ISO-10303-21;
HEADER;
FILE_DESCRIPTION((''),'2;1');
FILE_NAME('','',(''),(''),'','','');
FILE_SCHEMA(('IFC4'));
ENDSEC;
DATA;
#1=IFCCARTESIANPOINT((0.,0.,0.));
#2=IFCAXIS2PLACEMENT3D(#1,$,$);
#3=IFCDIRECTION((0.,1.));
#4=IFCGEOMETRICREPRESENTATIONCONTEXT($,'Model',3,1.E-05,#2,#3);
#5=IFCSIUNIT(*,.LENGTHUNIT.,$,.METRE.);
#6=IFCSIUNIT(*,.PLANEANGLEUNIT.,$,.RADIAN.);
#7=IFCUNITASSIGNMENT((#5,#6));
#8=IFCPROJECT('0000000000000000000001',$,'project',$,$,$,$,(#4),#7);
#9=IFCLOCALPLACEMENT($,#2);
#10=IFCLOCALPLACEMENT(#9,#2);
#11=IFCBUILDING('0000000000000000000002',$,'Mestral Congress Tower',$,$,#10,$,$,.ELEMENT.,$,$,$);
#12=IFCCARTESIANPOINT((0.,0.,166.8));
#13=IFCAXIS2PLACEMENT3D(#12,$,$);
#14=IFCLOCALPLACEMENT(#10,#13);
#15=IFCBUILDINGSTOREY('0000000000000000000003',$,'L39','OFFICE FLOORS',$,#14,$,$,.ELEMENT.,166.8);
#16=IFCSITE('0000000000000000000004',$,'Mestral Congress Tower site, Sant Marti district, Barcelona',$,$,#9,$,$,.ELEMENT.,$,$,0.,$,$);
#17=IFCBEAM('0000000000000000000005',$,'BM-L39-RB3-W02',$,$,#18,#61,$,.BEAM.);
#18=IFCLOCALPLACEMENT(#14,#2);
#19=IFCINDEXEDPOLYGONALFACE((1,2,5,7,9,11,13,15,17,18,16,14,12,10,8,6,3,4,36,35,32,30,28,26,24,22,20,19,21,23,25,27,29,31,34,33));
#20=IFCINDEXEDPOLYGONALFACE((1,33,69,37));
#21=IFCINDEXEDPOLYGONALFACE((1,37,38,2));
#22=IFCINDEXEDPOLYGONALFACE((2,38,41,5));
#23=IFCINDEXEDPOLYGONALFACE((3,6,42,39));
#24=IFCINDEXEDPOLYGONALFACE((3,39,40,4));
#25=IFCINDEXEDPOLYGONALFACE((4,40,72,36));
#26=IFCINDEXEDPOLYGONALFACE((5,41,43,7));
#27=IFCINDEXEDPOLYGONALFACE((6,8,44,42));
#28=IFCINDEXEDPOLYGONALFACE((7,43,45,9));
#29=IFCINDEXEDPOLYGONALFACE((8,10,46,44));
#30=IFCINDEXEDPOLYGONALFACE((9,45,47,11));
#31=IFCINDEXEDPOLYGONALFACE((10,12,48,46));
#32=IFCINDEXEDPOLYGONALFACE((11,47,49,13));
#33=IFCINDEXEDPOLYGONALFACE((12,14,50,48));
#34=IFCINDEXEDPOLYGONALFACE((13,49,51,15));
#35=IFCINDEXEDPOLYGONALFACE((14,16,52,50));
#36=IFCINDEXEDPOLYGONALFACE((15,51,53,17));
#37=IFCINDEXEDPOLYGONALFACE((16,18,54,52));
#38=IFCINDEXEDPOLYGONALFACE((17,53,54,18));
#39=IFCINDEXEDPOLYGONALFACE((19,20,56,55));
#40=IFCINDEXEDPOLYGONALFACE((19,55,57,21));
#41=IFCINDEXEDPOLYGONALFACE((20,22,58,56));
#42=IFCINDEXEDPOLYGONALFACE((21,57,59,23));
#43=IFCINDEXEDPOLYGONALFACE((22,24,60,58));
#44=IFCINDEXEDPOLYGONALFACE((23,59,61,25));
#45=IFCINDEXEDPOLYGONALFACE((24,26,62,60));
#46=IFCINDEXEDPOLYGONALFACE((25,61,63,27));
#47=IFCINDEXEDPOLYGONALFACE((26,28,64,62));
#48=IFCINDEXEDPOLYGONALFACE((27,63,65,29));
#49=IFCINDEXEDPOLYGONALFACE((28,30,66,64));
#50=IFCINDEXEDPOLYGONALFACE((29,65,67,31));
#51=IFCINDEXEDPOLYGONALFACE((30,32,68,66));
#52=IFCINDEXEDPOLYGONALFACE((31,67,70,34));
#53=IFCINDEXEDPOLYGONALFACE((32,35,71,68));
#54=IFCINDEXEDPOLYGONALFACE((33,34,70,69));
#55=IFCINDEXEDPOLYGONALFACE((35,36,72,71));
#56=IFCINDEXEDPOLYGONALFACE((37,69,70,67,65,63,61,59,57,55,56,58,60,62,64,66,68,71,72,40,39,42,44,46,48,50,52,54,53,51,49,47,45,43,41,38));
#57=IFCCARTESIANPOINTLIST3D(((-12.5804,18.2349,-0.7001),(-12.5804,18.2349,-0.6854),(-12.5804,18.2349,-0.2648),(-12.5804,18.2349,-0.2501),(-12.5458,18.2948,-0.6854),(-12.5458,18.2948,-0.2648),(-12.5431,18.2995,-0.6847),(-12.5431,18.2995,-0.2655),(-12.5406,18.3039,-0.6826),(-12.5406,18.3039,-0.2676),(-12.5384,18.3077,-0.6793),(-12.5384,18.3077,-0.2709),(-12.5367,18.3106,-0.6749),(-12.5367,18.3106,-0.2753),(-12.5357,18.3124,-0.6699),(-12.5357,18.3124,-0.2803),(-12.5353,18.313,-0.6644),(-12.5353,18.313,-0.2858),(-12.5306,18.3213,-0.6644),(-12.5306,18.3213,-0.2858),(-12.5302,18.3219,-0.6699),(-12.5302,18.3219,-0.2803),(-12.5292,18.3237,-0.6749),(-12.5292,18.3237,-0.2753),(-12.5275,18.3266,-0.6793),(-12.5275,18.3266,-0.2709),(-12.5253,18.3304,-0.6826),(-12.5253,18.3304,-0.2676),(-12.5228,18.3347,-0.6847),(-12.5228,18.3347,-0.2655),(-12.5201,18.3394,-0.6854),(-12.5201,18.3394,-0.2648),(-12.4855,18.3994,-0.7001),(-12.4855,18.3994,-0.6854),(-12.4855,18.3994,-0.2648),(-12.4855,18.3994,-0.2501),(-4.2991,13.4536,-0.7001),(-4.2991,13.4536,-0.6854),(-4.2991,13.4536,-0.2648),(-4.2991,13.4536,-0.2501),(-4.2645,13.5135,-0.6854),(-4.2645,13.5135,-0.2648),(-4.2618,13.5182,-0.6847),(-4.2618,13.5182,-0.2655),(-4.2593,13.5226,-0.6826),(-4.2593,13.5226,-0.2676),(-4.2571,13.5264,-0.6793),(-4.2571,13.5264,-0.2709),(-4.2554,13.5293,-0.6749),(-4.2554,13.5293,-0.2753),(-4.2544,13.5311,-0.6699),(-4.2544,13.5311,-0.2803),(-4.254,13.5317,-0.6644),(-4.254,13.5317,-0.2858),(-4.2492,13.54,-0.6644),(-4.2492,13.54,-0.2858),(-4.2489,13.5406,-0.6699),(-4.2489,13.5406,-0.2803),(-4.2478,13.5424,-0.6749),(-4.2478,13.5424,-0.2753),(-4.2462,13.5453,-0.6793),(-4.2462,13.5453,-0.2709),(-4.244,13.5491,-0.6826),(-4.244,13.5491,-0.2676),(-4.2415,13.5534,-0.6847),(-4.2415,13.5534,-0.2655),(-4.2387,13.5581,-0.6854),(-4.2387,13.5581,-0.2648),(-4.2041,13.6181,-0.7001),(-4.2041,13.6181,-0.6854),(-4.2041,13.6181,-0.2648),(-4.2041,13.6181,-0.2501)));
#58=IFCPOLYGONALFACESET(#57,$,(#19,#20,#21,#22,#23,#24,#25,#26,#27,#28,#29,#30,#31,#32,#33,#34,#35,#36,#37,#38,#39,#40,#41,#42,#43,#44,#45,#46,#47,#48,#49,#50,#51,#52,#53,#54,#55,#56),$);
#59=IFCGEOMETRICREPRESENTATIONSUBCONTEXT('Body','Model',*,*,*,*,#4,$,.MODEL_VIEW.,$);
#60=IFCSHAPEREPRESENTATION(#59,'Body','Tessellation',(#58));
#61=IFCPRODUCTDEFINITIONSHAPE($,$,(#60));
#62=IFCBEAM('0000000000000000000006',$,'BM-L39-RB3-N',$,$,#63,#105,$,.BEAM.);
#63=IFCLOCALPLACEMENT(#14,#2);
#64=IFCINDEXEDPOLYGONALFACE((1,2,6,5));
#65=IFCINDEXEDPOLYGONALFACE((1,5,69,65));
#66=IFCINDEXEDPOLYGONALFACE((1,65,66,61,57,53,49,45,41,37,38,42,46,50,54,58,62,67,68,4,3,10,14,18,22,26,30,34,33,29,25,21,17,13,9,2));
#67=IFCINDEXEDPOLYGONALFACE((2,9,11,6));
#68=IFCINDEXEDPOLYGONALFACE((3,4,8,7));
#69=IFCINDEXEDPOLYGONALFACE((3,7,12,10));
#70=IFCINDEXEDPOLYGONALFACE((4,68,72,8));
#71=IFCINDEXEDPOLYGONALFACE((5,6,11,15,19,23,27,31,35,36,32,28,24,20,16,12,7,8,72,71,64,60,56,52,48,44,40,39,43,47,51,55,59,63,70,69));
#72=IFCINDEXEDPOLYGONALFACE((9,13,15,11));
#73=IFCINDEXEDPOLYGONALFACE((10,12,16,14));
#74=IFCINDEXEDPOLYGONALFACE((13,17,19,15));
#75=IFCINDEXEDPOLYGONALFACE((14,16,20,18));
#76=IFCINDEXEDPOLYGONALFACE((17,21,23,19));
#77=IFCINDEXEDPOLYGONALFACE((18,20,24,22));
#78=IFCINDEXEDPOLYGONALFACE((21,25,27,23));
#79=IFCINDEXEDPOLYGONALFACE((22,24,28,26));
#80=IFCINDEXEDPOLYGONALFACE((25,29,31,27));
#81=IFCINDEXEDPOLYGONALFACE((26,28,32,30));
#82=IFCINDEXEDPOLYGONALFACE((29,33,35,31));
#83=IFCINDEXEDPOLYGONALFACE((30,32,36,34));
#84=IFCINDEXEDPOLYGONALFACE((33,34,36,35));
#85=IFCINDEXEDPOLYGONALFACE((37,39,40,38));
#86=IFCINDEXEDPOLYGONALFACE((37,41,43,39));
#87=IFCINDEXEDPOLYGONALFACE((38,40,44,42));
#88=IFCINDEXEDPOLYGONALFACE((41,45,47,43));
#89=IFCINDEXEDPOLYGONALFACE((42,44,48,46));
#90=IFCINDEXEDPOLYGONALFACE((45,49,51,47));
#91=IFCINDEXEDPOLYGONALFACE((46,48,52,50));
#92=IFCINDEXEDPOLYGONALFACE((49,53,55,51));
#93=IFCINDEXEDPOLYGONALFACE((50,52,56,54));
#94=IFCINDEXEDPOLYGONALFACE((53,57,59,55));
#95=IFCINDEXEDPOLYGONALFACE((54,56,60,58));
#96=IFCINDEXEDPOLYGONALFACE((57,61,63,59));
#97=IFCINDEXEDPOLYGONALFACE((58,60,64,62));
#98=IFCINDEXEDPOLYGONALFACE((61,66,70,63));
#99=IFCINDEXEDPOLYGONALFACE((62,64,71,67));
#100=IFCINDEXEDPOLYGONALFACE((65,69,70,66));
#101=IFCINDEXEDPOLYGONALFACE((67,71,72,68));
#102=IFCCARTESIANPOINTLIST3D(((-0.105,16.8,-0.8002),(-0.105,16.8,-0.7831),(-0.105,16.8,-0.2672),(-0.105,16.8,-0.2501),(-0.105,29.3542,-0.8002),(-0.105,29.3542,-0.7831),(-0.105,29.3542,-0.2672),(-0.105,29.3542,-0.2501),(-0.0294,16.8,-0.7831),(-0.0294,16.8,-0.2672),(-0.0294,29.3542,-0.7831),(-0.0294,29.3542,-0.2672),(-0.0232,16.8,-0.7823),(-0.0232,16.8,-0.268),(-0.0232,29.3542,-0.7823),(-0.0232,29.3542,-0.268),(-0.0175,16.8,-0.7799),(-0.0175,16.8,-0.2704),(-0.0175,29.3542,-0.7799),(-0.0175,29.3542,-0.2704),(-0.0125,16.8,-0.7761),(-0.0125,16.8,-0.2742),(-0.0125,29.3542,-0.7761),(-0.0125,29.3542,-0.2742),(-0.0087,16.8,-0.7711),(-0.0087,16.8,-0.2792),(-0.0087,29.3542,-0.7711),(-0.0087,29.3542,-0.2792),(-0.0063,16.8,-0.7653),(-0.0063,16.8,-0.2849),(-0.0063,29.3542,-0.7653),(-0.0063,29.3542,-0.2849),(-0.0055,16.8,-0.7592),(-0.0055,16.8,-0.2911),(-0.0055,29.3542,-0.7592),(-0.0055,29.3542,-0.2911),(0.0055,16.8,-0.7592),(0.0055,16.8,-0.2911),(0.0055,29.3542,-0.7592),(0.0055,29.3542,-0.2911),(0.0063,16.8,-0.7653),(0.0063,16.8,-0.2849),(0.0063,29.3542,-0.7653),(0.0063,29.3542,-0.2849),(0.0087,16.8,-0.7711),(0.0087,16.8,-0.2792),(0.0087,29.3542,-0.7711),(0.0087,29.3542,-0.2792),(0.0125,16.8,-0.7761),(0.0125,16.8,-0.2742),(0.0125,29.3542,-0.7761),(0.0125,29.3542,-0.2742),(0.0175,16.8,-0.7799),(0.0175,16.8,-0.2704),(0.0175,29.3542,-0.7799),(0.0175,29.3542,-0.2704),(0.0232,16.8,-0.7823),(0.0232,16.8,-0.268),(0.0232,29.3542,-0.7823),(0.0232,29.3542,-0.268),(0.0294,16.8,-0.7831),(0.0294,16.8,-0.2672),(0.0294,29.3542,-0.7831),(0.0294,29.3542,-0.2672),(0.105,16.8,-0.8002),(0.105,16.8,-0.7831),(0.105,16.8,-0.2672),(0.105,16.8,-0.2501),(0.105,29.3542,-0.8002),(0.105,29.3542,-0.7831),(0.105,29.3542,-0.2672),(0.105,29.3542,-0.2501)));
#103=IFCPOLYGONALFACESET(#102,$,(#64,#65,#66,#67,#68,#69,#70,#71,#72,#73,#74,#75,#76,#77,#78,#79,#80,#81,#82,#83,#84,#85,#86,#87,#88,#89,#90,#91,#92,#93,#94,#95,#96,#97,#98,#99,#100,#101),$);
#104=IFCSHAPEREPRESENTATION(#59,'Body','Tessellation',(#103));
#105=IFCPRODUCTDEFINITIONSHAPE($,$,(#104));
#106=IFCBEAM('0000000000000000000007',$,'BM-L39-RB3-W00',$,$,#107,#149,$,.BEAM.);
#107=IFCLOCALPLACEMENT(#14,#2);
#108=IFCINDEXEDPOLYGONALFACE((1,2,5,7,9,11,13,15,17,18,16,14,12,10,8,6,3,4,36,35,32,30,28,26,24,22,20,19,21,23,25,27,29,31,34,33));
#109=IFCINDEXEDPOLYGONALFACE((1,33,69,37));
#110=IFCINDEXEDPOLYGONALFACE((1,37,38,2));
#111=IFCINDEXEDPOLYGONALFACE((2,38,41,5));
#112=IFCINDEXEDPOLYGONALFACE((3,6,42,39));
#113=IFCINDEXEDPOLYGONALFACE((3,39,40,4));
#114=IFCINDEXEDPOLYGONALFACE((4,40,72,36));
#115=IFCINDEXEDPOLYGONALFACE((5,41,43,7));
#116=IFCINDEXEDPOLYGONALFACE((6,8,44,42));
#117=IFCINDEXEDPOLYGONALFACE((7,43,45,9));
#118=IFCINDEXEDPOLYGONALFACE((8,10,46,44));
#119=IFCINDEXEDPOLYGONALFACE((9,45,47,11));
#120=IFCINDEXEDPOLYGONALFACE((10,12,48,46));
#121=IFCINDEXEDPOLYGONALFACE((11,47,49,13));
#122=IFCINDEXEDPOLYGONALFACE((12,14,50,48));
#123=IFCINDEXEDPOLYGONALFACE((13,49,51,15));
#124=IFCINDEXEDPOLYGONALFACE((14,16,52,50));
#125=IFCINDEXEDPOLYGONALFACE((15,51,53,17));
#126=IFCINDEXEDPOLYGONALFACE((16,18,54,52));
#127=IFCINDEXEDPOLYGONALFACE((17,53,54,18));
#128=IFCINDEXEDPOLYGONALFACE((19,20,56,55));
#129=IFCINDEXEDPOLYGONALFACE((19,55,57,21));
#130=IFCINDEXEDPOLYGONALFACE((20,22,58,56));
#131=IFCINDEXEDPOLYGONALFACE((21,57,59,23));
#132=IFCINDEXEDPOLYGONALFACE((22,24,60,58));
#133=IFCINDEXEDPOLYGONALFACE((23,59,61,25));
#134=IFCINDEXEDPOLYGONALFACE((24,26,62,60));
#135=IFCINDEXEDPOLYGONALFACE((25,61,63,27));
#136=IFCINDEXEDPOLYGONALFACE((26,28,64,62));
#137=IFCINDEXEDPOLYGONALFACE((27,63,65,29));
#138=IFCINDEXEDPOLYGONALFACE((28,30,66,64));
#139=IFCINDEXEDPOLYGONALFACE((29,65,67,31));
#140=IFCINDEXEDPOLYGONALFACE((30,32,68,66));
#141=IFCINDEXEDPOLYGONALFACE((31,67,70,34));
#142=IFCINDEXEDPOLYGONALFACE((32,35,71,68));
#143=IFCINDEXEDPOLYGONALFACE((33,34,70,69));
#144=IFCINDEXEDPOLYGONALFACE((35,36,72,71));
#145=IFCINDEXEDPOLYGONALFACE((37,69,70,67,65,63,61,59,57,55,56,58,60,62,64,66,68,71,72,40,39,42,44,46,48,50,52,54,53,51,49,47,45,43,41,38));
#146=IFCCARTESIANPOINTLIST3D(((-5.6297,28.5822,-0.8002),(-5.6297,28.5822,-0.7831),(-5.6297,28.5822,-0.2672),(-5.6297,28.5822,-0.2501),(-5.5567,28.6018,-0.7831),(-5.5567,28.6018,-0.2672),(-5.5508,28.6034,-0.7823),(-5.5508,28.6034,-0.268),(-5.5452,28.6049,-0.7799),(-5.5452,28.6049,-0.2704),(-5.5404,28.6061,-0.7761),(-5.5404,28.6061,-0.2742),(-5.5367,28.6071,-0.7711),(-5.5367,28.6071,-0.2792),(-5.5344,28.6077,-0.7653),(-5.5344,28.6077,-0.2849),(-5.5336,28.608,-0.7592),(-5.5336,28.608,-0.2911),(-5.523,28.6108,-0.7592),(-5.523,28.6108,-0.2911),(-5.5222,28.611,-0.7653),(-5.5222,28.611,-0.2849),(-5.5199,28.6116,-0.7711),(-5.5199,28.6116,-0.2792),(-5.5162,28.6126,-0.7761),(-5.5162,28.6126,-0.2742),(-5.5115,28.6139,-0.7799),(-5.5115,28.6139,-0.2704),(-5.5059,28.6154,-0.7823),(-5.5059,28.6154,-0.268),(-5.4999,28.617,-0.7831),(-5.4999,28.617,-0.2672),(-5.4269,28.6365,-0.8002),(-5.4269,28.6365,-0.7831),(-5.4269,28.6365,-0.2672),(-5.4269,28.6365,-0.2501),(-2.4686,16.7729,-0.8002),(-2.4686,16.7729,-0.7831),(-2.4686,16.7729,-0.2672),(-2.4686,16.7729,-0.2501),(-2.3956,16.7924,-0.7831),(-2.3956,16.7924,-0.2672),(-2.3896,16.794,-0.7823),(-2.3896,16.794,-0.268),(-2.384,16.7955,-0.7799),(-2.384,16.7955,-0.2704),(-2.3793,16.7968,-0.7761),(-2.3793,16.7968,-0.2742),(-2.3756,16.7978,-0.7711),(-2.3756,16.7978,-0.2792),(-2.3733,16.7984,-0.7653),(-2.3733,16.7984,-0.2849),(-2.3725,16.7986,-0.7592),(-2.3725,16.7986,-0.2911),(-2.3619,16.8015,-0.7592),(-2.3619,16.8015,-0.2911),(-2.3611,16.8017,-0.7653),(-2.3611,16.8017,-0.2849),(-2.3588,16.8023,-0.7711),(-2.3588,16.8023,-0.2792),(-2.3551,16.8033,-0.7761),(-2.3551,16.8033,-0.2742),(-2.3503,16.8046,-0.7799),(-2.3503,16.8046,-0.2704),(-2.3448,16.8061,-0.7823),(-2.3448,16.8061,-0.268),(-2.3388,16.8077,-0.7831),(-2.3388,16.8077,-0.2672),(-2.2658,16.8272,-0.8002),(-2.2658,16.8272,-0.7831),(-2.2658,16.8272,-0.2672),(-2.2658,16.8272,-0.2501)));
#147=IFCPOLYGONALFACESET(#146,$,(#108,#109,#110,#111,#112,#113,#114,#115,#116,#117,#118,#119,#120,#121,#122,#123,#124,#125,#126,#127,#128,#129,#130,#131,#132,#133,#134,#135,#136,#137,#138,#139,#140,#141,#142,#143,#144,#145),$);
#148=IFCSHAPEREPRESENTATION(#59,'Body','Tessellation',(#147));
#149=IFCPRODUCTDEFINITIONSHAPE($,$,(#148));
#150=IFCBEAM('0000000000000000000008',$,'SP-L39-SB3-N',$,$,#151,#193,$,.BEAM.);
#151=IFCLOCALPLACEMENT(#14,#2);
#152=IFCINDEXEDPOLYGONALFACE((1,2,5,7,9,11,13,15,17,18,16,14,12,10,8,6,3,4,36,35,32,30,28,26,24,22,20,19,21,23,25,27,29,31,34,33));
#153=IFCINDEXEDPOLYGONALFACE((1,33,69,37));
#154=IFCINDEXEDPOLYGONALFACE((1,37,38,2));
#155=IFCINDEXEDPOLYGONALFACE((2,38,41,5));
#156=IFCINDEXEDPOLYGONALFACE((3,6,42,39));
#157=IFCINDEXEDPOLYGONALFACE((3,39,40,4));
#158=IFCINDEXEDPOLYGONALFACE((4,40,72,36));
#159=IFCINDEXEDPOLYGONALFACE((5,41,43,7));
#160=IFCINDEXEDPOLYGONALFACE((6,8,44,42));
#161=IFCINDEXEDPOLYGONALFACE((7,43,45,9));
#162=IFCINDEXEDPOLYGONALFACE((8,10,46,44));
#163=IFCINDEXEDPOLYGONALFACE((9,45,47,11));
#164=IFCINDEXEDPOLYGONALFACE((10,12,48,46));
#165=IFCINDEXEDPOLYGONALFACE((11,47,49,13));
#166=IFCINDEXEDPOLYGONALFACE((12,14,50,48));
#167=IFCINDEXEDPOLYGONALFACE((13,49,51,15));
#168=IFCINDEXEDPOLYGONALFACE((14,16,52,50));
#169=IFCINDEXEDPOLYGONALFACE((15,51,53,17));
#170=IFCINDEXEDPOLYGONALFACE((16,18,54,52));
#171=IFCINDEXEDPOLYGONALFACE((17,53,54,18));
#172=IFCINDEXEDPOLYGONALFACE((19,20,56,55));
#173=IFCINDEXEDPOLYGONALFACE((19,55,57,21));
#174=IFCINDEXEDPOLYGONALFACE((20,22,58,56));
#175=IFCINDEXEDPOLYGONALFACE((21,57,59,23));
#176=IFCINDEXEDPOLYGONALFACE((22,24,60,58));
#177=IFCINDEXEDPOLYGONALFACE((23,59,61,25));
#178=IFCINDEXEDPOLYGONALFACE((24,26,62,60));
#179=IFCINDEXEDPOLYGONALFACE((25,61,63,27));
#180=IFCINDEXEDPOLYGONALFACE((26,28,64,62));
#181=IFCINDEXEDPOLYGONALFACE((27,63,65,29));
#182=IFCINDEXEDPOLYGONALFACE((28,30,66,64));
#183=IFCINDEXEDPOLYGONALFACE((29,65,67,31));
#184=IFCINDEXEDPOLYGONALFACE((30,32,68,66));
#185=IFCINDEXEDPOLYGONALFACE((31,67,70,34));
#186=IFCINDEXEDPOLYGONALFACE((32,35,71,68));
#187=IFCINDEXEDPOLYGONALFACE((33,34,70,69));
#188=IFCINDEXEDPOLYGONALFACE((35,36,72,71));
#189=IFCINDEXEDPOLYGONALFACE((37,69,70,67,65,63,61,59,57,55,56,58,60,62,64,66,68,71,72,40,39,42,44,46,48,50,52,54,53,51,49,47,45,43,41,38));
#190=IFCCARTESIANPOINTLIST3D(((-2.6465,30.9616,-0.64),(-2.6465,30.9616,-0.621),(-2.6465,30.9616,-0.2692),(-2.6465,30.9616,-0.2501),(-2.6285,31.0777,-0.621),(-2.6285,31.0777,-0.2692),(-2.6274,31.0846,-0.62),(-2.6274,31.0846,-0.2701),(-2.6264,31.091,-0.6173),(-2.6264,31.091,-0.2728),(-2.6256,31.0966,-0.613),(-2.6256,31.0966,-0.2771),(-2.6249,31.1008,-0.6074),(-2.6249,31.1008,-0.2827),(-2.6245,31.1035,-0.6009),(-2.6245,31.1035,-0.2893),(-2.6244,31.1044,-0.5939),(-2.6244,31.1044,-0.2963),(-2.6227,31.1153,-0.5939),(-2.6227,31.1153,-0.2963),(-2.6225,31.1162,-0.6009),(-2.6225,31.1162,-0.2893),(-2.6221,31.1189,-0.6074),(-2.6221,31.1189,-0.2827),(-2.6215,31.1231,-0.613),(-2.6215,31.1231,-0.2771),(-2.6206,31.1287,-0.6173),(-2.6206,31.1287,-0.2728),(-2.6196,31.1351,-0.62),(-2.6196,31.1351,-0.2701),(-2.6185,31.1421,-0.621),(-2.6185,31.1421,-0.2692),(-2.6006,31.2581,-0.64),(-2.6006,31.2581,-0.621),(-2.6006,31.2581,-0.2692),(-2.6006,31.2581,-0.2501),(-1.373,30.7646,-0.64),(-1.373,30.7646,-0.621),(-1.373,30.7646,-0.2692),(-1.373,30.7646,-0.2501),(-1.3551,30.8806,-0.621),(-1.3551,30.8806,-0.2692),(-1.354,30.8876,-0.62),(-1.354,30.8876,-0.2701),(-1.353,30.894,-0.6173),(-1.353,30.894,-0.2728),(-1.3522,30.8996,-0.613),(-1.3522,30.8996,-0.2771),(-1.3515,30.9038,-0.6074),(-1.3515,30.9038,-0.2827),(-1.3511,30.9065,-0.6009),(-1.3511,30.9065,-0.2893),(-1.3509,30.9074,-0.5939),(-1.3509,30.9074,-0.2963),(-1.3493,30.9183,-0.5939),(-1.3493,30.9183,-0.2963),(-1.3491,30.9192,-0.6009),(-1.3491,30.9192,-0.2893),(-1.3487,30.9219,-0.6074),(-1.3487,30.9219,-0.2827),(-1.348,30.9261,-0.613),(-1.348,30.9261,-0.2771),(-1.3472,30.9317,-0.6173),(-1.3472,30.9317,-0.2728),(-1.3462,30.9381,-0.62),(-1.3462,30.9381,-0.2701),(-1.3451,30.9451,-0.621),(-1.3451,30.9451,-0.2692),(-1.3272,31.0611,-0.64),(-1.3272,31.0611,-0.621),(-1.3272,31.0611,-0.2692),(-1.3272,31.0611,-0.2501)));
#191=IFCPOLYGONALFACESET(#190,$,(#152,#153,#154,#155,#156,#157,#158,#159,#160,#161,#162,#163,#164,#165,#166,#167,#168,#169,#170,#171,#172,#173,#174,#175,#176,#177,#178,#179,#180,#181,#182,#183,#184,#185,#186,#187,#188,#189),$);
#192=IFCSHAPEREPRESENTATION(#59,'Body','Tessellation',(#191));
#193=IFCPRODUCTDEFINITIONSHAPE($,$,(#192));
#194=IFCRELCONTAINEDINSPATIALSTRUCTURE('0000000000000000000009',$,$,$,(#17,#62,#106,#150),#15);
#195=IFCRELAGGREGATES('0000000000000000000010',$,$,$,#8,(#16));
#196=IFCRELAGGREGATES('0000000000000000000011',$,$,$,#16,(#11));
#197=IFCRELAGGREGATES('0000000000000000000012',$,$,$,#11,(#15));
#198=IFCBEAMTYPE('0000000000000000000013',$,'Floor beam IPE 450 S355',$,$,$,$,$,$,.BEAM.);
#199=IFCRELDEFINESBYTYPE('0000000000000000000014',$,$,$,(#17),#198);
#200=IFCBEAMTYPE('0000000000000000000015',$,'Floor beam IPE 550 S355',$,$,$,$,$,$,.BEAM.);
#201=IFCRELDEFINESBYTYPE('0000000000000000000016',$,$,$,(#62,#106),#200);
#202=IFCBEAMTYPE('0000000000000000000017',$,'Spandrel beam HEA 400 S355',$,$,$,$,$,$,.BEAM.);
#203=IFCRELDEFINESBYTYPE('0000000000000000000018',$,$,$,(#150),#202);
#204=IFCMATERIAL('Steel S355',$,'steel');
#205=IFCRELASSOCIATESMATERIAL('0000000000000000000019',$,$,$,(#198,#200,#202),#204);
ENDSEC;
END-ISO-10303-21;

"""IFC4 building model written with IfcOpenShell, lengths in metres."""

from ifc_helpers import new_model, si_unit, direction, frame, origin, origin_2d, place, context, subcontext, project, spatial, i_section, extrude, material, material_profile, profile_set, type_object, element, save


model = new_model("IFC4")

# Units and contexts
model_context = context("Model", 3, precision=1e-05, world=origin(), true_north=direction((0.0, 1.0)))
body_context = subcontext(model_context, "Body", "Model", "MODEL_VIEW")
ifc_project = project(units=[si_unit("LENGTHUNIT", "METRE"), si_unit("PLANEANGLEUNIT", "RADIAN")], contexts=[model_context])

# Site, building, storey
site_placement = place(None, origin())
site = spatial("IfcSite", under=ifc_project, at=site_placement, Name="Mestral Congress Tower site, Sant Marti district, Barcelona", CompositionType="ELEMENT", RefElevation=0.0)
building_placement = place(site_placement, origin())
building = spatial("IfcBuilding", under=site, at=building_placement, Name="Mestral Congress Tower", CompositionType="ELEMENT")
storey_placement = place(building_placement, frame((0.0, 0.0, 166.8)))
storey = spatial("IfcBuildingStorey", under=building, at=storey_placement, Name="L39", Description="OFFICE FLOORS", CompositionType="ELEMENT", Elevation=166.8)

# Beams
ifc_material_1 = material(Name="Steel S355", Category="steel")
ifc_material_profile_1 = material_profile(ifc_material_1, i_section(OverallWidth=0.1899, OverallDepth=0.45, WebThickness=0.0095, FlangeThickness=0.0146, FilletRadius=0.021, at=origin_2d()), Name="IPE 450")
ifc_profile_set_1 = profile_set([ifc_material_profile_1], Name="Steel S355")
beam_type_1 = type_object("IfcBeamType", Name="Floor beam IPE 450 S355", PredefinedType="BEAM", material=ifc_profile_set_1)
beam_1_placement = place(storey_placement, frame((-12.533, 18.3171, -0.4751), z_axis=(0.866022, -0.500005, 0.0), x_axis=(0.500005, 0.866022, 0.0)))
element("IfcBeam", 1, at=beam_1_placement, inside=storey, type_object=beam_type_1, Name="BM-L39-RB3-W02", PredefinedType="BEAM", context=body_context, shape_type="SweptSolid", body=[
    extrude(i_section(OverallWidth=0.1899, OverallDepth=0.45, WebThickness=0.0095, FlangeThickness=0.0146, FilletRadius=0.021, at=origin_2d()), origin(), (0.0, 0.0, 1.0), 9.5625),
])
ifc_material_profile_2 = material_profile(ifc_material_1, i_section(OverallWidth=0.21, OverallDepth=0.55, WebThickness=0.011, FlangeThickness=0.0171, FilletRadius=0.0239, at=origin_2d()), Name="IPE 550")
ifc_profile_set_2 = profile_set([ifc_material_profile_2], Name="Steel S355")
beam_type_2 = type_object("IfcBeamType", Name="Floor beam IPE 550 S355", PredefinedType="BEAM", material=ifc_profile_set_2)
beam_2_placement = place(storey_placement, frame((0.0, 29.3542, -0.5251), z_axis=(0.0, -1.0, 0.0), x_axis=(1.0, 0.0, 0.0)))
element("IfcBeam", 2, at=beam_2_placement, inside=storey, type_object=beam_type_2, Name="BM-L39-RB3-N", PredefinedType="BEAM", context=body_context, shape_type="SweptSolid", body=[
    extrude(i_section(OverallWidth=0.21, OverallDepth=0.55, WebThickness=0.011, FlangeThickness=0.0171, FilletRadius=0.0239, at=origin_2d()), origin(), (0.0, 0.0, 1.0), 12.5542),
])
beam_3_placement = place(storey_placement, frame((-5.5283, 28.6094, -0.5251), z_axis=(0.258577, -0.965991, 0.0), x_axis=(0.965991, 0.258577, 0.0)))
element("IfcBeam", 3, at=beam_3_placement, inside=storey, type_object=beam_type_2, Name="BM-L39-RB3-W00", PredefinedType="BEAM", context=body_context, shape_type="SweptSolid", body=[
    extrude(i_section(OverallWidth=0.21, OverallDepth=0.55, WebThickness=0.011, FlangeThickness=0.0171, FilletRadius=0.0239, at=origin_2d()), origin(), (0.0, 0.0, 1.0), 12.2251),
])
ifc_material_profile_3 = material_profile(ifc_material_1, i_section(OverallWidth=0.3, OverallDepth=0.3899, WebThickness=0.011, FlangeThickness=0.019, FilletRadius=0.0271, at=origin_2d()), Name="HEA 400")
ifc_profile_set_3 = profile_set([ifc_material_profile_3], Name="Steel S355")
beam_type_3 = type_object("IfcBeamType", Name="Spandrel beam HEA 400 S355", PredefinedType="BEAM", material=ifc_profile_set_3)
beam_4_placement = place(storey_placement, frame((-1.3501, 30.9128, -0.4451), z_axis=(-0.988242, 0.152897, 0.0), x_axis=(-0.152897, -0.988242, 0.0)))
element("IfcBeam", 4, at=beam_4_placement, inside=storey, type_object=beam_type_3, Name="SP-L39-SB3-N", PredefinedType="BEAM", context=body_context, shape_type="SweptSolid", body=[
    extrude(i_section(OverallWidth=0.3, OverallDepth=0.3899, WebThickness=0.011, FlangeThickness=0.019, FilletRadius=0.0271, at=origin_2d()), origin(), (0.0, 0.0, 1.0), 1.2886),
])

save(model, "model.ifc")
